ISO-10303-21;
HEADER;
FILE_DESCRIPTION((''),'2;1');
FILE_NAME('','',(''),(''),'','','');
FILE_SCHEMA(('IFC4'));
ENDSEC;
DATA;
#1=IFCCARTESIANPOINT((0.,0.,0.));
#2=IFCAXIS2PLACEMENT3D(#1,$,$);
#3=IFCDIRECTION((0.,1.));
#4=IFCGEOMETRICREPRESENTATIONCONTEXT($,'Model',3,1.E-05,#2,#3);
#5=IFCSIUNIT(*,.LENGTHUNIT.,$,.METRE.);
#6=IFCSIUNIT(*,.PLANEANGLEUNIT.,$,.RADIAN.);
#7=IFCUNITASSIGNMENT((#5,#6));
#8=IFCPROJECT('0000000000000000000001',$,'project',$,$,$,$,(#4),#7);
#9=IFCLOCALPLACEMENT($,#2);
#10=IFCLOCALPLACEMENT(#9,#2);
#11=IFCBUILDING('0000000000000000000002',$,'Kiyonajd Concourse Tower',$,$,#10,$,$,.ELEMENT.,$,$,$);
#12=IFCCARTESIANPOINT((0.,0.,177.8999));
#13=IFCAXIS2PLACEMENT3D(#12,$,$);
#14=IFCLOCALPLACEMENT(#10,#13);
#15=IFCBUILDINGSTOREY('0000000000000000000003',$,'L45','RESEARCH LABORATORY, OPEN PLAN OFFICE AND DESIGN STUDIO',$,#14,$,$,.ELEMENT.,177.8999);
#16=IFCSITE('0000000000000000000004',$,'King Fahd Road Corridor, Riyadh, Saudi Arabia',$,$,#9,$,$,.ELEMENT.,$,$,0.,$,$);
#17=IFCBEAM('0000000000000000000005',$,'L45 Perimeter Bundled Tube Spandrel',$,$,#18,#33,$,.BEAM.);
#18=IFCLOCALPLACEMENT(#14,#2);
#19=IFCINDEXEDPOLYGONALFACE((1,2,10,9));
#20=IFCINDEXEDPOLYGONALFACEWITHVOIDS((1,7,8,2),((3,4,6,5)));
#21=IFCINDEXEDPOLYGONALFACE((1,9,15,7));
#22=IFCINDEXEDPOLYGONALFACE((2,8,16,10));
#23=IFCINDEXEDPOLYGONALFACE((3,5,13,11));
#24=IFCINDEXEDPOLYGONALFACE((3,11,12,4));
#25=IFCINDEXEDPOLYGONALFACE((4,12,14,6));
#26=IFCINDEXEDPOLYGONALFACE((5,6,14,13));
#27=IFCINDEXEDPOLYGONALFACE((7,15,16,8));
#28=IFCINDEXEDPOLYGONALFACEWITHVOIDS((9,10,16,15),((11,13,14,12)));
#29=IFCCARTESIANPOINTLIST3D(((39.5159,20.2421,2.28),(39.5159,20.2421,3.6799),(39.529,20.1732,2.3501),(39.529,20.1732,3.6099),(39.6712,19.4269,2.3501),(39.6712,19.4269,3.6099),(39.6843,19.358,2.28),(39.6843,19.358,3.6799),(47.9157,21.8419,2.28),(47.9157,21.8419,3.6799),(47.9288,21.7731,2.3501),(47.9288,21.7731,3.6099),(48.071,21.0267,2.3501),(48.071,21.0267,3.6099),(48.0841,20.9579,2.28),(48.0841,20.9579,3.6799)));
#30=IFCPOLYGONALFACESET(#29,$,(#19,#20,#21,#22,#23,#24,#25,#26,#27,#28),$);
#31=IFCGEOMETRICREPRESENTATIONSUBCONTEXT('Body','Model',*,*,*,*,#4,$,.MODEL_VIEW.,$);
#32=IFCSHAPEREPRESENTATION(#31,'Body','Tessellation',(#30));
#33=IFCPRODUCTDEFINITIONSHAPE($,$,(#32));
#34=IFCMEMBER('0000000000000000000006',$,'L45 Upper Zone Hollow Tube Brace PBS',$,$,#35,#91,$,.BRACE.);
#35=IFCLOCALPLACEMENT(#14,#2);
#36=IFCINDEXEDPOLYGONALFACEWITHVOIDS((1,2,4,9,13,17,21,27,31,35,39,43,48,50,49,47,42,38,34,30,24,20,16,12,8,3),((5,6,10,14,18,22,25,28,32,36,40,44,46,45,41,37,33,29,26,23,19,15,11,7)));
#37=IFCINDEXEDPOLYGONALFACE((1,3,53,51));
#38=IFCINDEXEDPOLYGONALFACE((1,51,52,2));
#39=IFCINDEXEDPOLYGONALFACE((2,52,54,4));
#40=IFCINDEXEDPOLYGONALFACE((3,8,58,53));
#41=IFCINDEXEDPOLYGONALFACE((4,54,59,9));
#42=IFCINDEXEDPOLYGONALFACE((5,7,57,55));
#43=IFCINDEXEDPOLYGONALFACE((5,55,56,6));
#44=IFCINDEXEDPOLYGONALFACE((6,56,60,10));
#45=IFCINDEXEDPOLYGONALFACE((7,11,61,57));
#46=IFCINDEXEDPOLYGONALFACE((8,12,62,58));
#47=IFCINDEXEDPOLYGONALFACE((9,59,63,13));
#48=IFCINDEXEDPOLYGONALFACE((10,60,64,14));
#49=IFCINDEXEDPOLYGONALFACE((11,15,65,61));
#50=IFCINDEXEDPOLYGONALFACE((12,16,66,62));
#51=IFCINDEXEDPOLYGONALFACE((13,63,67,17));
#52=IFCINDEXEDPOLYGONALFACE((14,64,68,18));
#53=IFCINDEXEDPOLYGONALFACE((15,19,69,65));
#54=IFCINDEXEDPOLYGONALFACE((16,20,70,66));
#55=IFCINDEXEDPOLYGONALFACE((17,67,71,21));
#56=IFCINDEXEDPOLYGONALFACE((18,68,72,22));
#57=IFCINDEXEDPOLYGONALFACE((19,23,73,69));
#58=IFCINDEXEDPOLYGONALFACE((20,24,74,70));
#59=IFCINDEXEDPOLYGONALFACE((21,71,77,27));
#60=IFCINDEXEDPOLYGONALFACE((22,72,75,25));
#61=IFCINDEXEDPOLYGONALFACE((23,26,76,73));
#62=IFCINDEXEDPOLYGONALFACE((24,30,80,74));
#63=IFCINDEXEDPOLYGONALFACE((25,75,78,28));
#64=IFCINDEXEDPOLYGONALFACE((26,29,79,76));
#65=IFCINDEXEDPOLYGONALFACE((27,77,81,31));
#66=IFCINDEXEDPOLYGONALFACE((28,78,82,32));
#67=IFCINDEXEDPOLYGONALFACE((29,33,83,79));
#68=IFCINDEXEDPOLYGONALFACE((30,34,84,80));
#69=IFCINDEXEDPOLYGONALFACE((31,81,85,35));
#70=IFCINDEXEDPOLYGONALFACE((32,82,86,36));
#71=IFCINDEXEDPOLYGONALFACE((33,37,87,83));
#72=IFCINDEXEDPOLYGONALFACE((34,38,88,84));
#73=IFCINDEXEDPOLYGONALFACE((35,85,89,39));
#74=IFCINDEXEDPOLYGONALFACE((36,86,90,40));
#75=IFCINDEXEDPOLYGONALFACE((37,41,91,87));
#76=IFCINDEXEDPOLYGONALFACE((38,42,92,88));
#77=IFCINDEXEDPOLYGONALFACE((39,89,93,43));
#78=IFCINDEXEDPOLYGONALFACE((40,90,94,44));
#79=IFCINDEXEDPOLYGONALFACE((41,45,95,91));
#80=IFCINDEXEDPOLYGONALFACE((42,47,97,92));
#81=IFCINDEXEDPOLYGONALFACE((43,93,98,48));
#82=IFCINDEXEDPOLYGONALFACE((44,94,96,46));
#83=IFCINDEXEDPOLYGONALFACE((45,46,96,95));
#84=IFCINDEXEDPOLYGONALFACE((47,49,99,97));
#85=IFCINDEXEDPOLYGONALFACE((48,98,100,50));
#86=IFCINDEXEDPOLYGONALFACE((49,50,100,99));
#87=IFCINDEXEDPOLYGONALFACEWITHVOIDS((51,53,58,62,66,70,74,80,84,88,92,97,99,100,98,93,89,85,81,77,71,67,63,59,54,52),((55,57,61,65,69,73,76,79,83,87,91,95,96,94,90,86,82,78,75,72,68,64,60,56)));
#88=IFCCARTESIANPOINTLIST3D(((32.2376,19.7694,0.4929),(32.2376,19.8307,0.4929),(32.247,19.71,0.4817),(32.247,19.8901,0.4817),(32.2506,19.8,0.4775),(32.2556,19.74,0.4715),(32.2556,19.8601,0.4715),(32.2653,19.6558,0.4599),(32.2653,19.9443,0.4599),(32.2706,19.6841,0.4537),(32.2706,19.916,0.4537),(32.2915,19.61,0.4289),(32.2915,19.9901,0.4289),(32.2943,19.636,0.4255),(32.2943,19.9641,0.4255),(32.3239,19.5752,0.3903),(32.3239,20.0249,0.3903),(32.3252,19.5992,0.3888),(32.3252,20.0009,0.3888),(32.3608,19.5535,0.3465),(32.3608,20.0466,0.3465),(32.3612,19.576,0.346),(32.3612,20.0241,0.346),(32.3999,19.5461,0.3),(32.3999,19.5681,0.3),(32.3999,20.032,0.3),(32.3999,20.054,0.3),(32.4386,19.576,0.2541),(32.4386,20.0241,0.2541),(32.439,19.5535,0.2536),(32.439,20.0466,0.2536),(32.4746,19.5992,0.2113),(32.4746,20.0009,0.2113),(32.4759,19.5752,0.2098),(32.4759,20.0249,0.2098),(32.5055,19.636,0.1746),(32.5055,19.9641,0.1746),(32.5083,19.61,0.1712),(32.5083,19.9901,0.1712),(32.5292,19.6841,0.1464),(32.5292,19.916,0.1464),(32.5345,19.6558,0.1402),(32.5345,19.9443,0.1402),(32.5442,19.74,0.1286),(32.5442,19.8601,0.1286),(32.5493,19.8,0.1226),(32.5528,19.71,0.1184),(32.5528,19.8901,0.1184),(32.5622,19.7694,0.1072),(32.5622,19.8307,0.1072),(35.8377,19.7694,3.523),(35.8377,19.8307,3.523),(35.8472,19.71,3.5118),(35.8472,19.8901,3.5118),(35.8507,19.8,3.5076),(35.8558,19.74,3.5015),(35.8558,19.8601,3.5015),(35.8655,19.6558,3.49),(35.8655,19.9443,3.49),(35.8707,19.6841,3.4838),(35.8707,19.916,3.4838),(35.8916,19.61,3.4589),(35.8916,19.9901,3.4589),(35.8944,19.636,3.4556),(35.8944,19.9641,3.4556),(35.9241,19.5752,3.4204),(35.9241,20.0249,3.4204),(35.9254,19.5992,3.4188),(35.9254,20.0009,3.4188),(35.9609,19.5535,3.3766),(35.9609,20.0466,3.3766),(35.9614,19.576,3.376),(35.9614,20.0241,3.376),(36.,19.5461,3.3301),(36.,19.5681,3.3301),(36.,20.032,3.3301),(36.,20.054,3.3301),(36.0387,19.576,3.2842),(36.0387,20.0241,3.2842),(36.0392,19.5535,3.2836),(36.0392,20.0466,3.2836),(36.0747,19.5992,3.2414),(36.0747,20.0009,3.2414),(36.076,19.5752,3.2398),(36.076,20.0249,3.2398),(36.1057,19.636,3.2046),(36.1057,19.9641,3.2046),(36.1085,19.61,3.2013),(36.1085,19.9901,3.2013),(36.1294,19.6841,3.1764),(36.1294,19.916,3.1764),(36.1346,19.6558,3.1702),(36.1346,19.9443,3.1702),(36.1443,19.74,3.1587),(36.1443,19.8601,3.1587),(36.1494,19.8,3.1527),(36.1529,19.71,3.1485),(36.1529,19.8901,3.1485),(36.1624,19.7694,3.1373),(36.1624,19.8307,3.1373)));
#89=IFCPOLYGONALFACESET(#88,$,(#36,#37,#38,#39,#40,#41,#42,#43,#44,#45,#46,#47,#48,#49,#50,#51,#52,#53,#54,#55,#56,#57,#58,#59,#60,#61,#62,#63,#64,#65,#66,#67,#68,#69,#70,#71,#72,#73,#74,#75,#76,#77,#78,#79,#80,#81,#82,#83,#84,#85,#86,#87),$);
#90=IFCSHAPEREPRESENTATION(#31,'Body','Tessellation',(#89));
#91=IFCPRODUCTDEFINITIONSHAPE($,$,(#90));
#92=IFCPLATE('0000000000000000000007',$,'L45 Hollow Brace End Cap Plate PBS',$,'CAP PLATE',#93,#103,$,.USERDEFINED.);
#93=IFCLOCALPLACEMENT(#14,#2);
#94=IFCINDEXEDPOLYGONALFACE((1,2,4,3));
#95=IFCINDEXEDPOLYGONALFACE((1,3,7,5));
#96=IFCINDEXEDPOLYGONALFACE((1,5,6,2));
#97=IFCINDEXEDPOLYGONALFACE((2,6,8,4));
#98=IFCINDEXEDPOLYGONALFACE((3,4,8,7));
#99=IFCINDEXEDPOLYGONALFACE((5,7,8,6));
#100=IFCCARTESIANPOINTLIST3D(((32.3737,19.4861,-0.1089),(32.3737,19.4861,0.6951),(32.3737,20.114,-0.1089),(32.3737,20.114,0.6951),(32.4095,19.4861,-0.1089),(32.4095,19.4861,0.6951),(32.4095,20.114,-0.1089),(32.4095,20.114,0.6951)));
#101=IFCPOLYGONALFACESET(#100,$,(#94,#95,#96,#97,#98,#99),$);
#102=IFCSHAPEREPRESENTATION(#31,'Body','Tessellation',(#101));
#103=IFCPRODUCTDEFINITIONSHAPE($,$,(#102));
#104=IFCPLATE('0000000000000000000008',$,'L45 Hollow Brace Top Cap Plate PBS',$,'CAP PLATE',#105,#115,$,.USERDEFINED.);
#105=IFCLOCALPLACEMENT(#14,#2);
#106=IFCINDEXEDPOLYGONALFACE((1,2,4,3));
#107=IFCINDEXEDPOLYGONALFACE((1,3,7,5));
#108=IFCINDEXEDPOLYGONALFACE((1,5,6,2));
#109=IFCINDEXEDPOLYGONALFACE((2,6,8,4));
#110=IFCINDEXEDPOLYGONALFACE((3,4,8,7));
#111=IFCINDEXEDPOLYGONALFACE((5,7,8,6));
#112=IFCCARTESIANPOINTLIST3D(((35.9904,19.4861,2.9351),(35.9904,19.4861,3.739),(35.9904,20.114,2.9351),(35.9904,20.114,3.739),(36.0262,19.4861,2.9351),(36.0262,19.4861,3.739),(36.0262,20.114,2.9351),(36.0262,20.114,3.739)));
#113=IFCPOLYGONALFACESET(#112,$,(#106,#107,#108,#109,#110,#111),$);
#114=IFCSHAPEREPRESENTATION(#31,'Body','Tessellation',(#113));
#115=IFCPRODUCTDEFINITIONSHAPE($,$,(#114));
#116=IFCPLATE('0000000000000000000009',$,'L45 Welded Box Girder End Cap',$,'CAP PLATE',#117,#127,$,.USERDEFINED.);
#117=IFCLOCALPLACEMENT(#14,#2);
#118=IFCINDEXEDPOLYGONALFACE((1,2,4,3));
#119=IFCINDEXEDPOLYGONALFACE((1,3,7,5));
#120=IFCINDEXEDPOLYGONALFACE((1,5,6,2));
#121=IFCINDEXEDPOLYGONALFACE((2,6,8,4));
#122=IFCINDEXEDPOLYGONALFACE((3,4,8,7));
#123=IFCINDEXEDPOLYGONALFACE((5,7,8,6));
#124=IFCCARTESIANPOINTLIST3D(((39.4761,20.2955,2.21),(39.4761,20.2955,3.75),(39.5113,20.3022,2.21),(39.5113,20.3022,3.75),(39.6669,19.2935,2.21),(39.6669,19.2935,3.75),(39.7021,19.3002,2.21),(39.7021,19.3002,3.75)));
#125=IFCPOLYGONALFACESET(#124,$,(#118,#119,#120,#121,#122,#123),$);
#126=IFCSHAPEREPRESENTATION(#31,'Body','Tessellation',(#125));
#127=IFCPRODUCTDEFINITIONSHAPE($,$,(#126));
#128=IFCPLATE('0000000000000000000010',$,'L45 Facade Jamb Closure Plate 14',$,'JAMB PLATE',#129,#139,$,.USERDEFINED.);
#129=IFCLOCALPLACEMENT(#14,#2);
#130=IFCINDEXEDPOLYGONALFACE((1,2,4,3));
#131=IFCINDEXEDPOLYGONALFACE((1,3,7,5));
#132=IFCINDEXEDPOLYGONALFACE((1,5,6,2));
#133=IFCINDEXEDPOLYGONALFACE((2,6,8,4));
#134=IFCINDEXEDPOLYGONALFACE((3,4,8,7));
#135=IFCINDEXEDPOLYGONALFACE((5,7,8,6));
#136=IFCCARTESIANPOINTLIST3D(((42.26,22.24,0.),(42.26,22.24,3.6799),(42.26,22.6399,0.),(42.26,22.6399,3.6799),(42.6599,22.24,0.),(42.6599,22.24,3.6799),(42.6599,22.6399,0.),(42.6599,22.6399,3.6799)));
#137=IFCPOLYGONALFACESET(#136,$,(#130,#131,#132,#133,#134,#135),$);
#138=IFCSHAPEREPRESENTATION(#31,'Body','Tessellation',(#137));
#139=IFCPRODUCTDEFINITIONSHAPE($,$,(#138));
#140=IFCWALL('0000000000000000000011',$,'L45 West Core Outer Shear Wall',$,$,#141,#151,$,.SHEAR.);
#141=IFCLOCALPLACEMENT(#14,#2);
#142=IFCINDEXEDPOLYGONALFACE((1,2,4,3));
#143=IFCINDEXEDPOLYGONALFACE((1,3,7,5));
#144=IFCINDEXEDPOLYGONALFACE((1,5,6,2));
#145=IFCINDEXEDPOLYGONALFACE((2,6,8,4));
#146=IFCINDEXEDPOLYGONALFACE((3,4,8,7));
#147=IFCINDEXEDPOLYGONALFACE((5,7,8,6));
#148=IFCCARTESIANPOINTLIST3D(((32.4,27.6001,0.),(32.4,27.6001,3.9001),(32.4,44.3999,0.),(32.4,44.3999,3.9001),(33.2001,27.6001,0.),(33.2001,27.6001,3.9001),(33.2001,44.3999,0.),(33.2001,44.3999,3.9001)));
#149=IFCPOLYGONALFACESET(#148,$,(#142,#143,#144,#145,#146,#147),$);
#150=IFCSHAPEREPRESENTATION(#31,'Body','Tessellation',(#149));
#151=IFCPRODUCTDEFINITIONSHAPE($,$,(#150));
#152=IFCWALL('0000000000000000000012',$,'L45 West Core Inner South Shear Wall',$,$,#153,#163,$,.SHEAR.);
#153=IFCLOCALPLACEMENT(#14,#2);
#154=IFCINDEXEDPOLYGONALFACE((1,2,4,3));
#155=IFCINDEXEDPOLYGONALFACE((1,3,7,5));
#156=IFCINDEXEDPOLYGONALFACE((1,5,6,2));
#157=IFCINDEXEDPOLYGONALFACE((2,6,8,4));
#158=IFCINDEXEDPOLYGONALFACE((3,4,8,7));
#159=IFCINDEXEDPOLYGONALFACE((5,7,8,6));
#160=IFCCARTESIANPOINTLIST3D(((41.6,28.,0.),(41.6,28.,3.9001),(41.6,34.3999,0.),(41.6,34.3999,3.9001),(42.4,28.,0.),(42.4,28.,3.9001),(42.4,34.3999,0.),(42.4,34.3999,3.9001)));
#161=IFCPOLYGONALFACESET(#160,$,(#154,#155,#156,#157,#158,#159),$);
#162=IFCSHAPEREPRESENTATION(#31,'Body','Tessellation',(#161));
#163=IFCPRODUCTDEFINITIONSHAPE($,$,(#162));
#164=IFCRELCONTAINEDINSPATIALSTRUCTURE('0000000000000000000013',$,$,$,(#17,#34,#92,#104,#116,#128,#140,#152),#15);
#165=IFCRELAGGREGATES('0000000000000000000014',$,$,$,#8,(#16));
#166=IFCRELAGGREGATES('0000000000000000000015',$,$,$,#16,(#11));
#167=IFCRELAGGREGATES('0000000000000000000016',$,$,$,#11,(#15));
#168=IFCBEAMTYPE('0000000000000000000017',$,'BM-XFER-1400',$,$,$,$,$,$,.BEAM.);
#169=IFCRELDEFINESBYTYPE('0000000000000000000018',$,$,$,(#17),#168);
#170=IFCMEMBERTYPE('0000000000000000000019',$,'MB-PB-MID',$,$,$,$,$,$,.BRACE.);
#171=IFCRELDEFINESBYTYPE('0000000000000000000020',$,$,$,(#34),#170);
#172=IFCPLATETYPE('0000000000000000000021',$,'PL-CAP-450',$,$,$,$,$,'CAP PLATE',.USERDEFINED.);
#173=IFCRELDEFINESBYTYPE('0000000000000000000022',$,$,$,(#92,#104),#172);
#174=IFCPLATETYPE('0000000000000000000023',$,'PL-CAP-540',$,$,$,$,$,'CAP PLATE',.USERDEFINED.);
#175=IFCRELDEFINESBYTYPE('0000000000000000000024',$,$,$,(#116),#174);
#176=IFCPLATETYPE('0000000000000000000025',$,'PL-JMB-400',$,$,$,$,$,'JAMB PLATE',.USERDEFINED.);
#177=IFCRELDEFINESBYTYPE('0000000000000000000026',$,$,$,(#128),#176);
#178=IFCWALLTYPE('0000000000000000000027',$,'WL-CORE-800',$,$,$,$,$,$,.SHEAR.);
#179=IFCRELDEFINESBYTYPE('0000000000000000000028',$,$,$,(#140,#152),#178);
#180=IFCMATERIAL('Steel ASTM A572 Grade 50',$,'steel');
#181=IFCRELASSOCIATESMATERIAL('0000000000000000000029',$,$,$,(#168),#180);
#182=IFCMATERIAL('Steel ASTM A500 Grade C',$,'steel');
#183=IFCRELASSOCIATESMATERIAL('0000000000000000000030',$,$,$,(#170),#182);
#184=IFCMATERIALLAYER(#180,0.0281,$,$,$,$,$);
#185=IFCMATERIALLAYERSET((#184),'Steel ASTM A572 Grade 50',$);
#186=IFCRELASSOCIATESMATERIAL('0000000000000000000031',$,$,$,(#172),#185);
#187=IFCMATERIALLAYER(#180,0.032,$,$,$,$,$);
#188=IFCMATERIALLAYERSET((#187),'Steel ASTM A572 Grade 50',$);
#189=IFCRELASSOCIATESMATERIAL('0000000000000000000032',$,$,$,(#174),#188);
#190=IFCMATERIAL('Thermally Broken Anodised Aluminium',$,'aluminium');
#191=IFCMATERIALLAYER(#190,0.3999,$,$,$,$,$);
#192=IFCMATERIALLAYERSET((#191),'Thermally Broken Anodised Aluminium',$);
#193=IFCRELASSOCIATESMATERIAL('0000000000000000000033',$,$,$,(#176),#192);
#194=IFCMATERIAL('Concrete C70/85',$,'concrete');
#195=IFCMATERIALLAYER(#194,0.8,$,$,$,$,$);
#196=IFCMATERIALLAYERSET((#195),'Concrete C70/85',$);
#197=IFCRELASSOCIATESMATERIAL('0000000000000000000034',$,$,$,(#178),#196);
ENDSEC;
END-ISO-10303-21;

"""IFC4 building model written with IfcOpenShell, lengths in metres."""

from ifc_helpers import new_model, si_unit, direction, frame, frame_2d, origin, origin_2d, place, context, subcontext, project, spatial, rectangle, hollow_rectangle, hollow_circle, extrude, material, layer, layer_set, material_profile, profile_set, type_object, element, save


model = new_model("IFC4")

# Units and contexts
model_context = context("Model", 3, precision=1e-05, world=origin(), true_north=direction((0.0, 1.0)))
body_context = subcontext(model_context, "Body", "Model", "MODEL_VIEW")
ifc_project = project(units=[si_unit("LENGTHUNIT", "METRE"), si_unit("PLANEANGLEUNIT", "RADIAN")], contexts=[model_context])

# Site, building, storey
site_placement = place(None, origin())
site = spatial("IfcSite", under=ifc_project, at=site_placement, Name="King Fahd Road Corridor, Riyadh, Saudi Arabia", CompositionType="ELEMENT", RefElevation=0.0)
building_placement = place(site_placement, origin())
building = spatial("IfcBuilding", under=site, at=building_placement, Name="Kiyonajd Concourse Tower", CompositionType="ELEMENT")
storey_placement = place(building_placement, frame((0.0, 0.0, 177.8999)))
storey = spatial("IfcBuildingStorey", under=building, at=storey_placement, Name="L45", Description="RESEARCH LABORATORY, OPEN PLAN OFFICE AND DESIGN STUDIO", CompositionType="ELEMENT", Elevation=177.8999)

# Shared definitions
ifc_material_1 = material(Name="Concrete C70/85", Category="concrete")

# Beam
ifc_material_2 = material(Name="Steel ASTM A572 Grade 50", Category="steel")
ifc_material_profile_1 = material_profile(ifc_material_2, hollow_rectangle(XDim=0.8999, YDim=1.3999, WallThickness=0.0701, at=origin_2d()), Name="BOX-1400x900x70")
ifc_profile_set_1 = profile_set([ifc_material_profile_1], Name="Steel ASTM A572 Grade 50")
beam_type_1 = type_object("IfcBeamType", Name="BM-XFER-1400", PredefinedType="BEAM", material=ifc_profile_set_1)
beam_1_placement = place(storey_placement, frame((39.6001, 19.8, 2.98), z_axis=(0.982341, 0.187098, 0.0), x_axis=(-0.187098, 0.982341, 0.0)))
element("IfcBeam", 1, at=beam_1_placement, inside=storey, type_object=beam_type_1, Name="L45 Perimeter Bundled Tube Spandrel", PredefinedType="BEAM", context=body_context, shape_type="SweptSolid", body=[
    extrude(hollow_rectangle(XDim=0.8999, YDim=1.3999, WallThickness=0.0701, at=origin_2d()), origin(), (0.0, 0.0, 1.0), 8.5508),
])

# Member
ifc_material_3 = material(Name="Steel ASTM A500 Grade C", Category="steel")
ifc_material_profile_2 = material_profile(ifc_material_3, hollow_circle(Radius=0.2539, WallThickness=0.022, at=origin_2d()), Name="CHS-508x22")
ifc_profile_set_2 = profile_set([ifc_material_profile_2], Name="Steel ASTM A500 Grade C")
member_type = type_object("IfcMemberType", Name="MB-PB-MID", PredefinedType="BRACE", material=ifc_profile_set_2)
member_placement = place(storey_placement, frame((32.3999, 19.8, 0.3), z_axis=(0.765082, 0.0, 0.643933), x_axis=(0.0, 1.0, 0.0)))
element("IfcMember", 2, at=member_placement, inside=storey, type_object=member_type, Name="L45 Upper Zone Hollow Tube Brace PBS", PredefinedType="BRACE", context=body_context, shape_type="SweptSolid", body=[
    extrude(hollow_circle(Radius=0.2539, WallThickness=0.022, at=origin_2d()), origin(), (0.0, 0.0, 1.0), 4.7056),
])

# Plates
ifc_layer_1 = layer(ifc_material_2, 0.0281)
ifc_layer_set_1 = layer_set([ifc_layer_1], Name="Steel ASTM A572 Grade 50")
plate_type_1 = type_object("IfcPlateType", Name="PL-CAP-450", ElementType="CAP PLATE", PredefinedType="USERDEFINED", material=ifc_layer_set_1)
for number, where, z_axis, x_axis, name in (
    (3, (32.3916, 19.8, -0.1089), (0.0, 0.0, 1.0), (-1.0, 0.0, 0.0), "L45 Hollow Brace End Cap Plate PBS"),
    (4, (36.0083, 19.8, 2.9351), (0.0, 0.0, 1.0), (1.0, 0.0, 0.0), "L45 Hollow Brace Top Cap Plate PBS"),
):
    element("IfcPlate", number, at=place(storey_placement, frame(where, z_axis=z_axis, x_axis=x_axis)), inside=storey, type_object=plate_type_1, Name=name, ObjectType="CAP PLATE", PredefinedType="USERDEFINED", context=body_context, shape_type="SweptSolid", body=[
        extrude(rectangle(XDim=0.0359, YDim=0.6279, at=origin_2d()), origin(), (0.0, 0.0, 1.0), 0.804),
    ])
ifc_layer_2 = layer(ifc_material_2, 0.032)
ifc_layer_set_2 = layer_set([ifc_layer_2], Name="Steel ASTM A572 Grade 50")
plate_type_2 = type_object("IfcPlateType", Name="PL-CAP-540", ElementType="CAP PLATE", PredefinedType="USERDEFINED", material=ifc_layer_set_2)
plate_1_placement = place(storey_placement, frame((39.5891, 19.7979, 2.21), z_axis=(0.0, 0.0, 1.0), x_axis=(-0.982353, -0.187038, 0.0)))
element("IfcPlate", 5, at=plate_1_placement, inside=storey, type_object=plate_type_2, Name="L45 Welded Box Girder End Cap", ObjectType="CAP PLATE", PredefinedType="USERDEFINED", context=body_context, shape_type="SweptSolid", body=[
    extrude(rectangle(XDim=0.0359, YDim=1.02, at=origin_2d()), origin(), (0.0, 0.0, 1.0), 1.54),
])
ifc_material_4 = material(Name="Thermally Broken Anodised Aluminium", Category="aluminium")
ifc_layer_3 = layer(ifc_material_4, 0.3999)
ifc_layer_set_3 = layer_set([ifc_layer_3], Name="Thermally Broken Anodised Aluminium")
plate_type_3 = type_object("IfcPlateType", Name="PL-JMB-400", ElementType="JAMB PLATE", PredefinedType="USERDEFINED", material=ifc_layer_set_3)
plate_2_placement = place(storey_placement, frame((42.46, 22.4399, 0.0), z_axis=(0.0, 0.0, 1.0), x_axis=(1.0, 0.0, 0.0)))
element("IfcPlate", 6, at=plate_2_placement, inside=storey, type_object=plate_type_3, Name="L45 Facade Jamb Closure Plate 14", ObjectType="JAMB PLATE", PredefinedType="USERDEFINED", context=body_context, shape_type="SweptSolid", body=[
    extrude(rectangle(XDim=0.3999, YDim=0.3999, at=origin_2d()), origin(), (0.0, 0.0, 1.0), 3.6799),
])

# Walls
ifc_layer_4 = layer(ifc_material_1, 0.8)
ifc_layer_set_4 = layer_set([ifc_layer_4], Name="Concrete C70/85")
wall_type_1 = type_object("IfcWallType", Name="WL-CORE-800", PredefinedType="SHEAR", material=ifc_layer_set_4)
wall_1_placement = place(storey_placement, frame((32.8, 27.6001, 0.0), z_axis=(0.0, 0.0, 1.0), x_axis=(0.0, 1.0, 0.0)))
element("IfcWall", 7, at=wall_1_placement, inside=storey, type_object=wall_type_1, Name="L45 West Core Outer Shear Wall", PredefinedType="SHEAR", context=body_context, shape_type="SweptSolid", body=[
    extrude(rectangle(XDim=16.7998, YDim=0.8, at=frame_2d((8.3999, 0.0))), origin(), (0.0, 0.0, 1.0), 3.9001),
])
wall_2_placement = place(storey_placement, frame((42.0, 28.0, 0.0), z_axis=(0.0, 0.0, 1.0), x_axis=(0.0, 1.0, 0.0)))
element("IfcWall", 8, at=wall_2_placement, inside=storey, type_object=wall_type_1, Name="L45 West Core Inner South Shear Wall", PredefinedType="SHEAR", context=body_context, shape_type="SweptSolid", body=[
    extrude(rectangle(XDim=6.3999, YDim=0.8, at=frame_2d((3.2, 0.0))), origin(), (0.0, 0.0, 1.0), 3.9001),
])

save(model, "model.ifc")
